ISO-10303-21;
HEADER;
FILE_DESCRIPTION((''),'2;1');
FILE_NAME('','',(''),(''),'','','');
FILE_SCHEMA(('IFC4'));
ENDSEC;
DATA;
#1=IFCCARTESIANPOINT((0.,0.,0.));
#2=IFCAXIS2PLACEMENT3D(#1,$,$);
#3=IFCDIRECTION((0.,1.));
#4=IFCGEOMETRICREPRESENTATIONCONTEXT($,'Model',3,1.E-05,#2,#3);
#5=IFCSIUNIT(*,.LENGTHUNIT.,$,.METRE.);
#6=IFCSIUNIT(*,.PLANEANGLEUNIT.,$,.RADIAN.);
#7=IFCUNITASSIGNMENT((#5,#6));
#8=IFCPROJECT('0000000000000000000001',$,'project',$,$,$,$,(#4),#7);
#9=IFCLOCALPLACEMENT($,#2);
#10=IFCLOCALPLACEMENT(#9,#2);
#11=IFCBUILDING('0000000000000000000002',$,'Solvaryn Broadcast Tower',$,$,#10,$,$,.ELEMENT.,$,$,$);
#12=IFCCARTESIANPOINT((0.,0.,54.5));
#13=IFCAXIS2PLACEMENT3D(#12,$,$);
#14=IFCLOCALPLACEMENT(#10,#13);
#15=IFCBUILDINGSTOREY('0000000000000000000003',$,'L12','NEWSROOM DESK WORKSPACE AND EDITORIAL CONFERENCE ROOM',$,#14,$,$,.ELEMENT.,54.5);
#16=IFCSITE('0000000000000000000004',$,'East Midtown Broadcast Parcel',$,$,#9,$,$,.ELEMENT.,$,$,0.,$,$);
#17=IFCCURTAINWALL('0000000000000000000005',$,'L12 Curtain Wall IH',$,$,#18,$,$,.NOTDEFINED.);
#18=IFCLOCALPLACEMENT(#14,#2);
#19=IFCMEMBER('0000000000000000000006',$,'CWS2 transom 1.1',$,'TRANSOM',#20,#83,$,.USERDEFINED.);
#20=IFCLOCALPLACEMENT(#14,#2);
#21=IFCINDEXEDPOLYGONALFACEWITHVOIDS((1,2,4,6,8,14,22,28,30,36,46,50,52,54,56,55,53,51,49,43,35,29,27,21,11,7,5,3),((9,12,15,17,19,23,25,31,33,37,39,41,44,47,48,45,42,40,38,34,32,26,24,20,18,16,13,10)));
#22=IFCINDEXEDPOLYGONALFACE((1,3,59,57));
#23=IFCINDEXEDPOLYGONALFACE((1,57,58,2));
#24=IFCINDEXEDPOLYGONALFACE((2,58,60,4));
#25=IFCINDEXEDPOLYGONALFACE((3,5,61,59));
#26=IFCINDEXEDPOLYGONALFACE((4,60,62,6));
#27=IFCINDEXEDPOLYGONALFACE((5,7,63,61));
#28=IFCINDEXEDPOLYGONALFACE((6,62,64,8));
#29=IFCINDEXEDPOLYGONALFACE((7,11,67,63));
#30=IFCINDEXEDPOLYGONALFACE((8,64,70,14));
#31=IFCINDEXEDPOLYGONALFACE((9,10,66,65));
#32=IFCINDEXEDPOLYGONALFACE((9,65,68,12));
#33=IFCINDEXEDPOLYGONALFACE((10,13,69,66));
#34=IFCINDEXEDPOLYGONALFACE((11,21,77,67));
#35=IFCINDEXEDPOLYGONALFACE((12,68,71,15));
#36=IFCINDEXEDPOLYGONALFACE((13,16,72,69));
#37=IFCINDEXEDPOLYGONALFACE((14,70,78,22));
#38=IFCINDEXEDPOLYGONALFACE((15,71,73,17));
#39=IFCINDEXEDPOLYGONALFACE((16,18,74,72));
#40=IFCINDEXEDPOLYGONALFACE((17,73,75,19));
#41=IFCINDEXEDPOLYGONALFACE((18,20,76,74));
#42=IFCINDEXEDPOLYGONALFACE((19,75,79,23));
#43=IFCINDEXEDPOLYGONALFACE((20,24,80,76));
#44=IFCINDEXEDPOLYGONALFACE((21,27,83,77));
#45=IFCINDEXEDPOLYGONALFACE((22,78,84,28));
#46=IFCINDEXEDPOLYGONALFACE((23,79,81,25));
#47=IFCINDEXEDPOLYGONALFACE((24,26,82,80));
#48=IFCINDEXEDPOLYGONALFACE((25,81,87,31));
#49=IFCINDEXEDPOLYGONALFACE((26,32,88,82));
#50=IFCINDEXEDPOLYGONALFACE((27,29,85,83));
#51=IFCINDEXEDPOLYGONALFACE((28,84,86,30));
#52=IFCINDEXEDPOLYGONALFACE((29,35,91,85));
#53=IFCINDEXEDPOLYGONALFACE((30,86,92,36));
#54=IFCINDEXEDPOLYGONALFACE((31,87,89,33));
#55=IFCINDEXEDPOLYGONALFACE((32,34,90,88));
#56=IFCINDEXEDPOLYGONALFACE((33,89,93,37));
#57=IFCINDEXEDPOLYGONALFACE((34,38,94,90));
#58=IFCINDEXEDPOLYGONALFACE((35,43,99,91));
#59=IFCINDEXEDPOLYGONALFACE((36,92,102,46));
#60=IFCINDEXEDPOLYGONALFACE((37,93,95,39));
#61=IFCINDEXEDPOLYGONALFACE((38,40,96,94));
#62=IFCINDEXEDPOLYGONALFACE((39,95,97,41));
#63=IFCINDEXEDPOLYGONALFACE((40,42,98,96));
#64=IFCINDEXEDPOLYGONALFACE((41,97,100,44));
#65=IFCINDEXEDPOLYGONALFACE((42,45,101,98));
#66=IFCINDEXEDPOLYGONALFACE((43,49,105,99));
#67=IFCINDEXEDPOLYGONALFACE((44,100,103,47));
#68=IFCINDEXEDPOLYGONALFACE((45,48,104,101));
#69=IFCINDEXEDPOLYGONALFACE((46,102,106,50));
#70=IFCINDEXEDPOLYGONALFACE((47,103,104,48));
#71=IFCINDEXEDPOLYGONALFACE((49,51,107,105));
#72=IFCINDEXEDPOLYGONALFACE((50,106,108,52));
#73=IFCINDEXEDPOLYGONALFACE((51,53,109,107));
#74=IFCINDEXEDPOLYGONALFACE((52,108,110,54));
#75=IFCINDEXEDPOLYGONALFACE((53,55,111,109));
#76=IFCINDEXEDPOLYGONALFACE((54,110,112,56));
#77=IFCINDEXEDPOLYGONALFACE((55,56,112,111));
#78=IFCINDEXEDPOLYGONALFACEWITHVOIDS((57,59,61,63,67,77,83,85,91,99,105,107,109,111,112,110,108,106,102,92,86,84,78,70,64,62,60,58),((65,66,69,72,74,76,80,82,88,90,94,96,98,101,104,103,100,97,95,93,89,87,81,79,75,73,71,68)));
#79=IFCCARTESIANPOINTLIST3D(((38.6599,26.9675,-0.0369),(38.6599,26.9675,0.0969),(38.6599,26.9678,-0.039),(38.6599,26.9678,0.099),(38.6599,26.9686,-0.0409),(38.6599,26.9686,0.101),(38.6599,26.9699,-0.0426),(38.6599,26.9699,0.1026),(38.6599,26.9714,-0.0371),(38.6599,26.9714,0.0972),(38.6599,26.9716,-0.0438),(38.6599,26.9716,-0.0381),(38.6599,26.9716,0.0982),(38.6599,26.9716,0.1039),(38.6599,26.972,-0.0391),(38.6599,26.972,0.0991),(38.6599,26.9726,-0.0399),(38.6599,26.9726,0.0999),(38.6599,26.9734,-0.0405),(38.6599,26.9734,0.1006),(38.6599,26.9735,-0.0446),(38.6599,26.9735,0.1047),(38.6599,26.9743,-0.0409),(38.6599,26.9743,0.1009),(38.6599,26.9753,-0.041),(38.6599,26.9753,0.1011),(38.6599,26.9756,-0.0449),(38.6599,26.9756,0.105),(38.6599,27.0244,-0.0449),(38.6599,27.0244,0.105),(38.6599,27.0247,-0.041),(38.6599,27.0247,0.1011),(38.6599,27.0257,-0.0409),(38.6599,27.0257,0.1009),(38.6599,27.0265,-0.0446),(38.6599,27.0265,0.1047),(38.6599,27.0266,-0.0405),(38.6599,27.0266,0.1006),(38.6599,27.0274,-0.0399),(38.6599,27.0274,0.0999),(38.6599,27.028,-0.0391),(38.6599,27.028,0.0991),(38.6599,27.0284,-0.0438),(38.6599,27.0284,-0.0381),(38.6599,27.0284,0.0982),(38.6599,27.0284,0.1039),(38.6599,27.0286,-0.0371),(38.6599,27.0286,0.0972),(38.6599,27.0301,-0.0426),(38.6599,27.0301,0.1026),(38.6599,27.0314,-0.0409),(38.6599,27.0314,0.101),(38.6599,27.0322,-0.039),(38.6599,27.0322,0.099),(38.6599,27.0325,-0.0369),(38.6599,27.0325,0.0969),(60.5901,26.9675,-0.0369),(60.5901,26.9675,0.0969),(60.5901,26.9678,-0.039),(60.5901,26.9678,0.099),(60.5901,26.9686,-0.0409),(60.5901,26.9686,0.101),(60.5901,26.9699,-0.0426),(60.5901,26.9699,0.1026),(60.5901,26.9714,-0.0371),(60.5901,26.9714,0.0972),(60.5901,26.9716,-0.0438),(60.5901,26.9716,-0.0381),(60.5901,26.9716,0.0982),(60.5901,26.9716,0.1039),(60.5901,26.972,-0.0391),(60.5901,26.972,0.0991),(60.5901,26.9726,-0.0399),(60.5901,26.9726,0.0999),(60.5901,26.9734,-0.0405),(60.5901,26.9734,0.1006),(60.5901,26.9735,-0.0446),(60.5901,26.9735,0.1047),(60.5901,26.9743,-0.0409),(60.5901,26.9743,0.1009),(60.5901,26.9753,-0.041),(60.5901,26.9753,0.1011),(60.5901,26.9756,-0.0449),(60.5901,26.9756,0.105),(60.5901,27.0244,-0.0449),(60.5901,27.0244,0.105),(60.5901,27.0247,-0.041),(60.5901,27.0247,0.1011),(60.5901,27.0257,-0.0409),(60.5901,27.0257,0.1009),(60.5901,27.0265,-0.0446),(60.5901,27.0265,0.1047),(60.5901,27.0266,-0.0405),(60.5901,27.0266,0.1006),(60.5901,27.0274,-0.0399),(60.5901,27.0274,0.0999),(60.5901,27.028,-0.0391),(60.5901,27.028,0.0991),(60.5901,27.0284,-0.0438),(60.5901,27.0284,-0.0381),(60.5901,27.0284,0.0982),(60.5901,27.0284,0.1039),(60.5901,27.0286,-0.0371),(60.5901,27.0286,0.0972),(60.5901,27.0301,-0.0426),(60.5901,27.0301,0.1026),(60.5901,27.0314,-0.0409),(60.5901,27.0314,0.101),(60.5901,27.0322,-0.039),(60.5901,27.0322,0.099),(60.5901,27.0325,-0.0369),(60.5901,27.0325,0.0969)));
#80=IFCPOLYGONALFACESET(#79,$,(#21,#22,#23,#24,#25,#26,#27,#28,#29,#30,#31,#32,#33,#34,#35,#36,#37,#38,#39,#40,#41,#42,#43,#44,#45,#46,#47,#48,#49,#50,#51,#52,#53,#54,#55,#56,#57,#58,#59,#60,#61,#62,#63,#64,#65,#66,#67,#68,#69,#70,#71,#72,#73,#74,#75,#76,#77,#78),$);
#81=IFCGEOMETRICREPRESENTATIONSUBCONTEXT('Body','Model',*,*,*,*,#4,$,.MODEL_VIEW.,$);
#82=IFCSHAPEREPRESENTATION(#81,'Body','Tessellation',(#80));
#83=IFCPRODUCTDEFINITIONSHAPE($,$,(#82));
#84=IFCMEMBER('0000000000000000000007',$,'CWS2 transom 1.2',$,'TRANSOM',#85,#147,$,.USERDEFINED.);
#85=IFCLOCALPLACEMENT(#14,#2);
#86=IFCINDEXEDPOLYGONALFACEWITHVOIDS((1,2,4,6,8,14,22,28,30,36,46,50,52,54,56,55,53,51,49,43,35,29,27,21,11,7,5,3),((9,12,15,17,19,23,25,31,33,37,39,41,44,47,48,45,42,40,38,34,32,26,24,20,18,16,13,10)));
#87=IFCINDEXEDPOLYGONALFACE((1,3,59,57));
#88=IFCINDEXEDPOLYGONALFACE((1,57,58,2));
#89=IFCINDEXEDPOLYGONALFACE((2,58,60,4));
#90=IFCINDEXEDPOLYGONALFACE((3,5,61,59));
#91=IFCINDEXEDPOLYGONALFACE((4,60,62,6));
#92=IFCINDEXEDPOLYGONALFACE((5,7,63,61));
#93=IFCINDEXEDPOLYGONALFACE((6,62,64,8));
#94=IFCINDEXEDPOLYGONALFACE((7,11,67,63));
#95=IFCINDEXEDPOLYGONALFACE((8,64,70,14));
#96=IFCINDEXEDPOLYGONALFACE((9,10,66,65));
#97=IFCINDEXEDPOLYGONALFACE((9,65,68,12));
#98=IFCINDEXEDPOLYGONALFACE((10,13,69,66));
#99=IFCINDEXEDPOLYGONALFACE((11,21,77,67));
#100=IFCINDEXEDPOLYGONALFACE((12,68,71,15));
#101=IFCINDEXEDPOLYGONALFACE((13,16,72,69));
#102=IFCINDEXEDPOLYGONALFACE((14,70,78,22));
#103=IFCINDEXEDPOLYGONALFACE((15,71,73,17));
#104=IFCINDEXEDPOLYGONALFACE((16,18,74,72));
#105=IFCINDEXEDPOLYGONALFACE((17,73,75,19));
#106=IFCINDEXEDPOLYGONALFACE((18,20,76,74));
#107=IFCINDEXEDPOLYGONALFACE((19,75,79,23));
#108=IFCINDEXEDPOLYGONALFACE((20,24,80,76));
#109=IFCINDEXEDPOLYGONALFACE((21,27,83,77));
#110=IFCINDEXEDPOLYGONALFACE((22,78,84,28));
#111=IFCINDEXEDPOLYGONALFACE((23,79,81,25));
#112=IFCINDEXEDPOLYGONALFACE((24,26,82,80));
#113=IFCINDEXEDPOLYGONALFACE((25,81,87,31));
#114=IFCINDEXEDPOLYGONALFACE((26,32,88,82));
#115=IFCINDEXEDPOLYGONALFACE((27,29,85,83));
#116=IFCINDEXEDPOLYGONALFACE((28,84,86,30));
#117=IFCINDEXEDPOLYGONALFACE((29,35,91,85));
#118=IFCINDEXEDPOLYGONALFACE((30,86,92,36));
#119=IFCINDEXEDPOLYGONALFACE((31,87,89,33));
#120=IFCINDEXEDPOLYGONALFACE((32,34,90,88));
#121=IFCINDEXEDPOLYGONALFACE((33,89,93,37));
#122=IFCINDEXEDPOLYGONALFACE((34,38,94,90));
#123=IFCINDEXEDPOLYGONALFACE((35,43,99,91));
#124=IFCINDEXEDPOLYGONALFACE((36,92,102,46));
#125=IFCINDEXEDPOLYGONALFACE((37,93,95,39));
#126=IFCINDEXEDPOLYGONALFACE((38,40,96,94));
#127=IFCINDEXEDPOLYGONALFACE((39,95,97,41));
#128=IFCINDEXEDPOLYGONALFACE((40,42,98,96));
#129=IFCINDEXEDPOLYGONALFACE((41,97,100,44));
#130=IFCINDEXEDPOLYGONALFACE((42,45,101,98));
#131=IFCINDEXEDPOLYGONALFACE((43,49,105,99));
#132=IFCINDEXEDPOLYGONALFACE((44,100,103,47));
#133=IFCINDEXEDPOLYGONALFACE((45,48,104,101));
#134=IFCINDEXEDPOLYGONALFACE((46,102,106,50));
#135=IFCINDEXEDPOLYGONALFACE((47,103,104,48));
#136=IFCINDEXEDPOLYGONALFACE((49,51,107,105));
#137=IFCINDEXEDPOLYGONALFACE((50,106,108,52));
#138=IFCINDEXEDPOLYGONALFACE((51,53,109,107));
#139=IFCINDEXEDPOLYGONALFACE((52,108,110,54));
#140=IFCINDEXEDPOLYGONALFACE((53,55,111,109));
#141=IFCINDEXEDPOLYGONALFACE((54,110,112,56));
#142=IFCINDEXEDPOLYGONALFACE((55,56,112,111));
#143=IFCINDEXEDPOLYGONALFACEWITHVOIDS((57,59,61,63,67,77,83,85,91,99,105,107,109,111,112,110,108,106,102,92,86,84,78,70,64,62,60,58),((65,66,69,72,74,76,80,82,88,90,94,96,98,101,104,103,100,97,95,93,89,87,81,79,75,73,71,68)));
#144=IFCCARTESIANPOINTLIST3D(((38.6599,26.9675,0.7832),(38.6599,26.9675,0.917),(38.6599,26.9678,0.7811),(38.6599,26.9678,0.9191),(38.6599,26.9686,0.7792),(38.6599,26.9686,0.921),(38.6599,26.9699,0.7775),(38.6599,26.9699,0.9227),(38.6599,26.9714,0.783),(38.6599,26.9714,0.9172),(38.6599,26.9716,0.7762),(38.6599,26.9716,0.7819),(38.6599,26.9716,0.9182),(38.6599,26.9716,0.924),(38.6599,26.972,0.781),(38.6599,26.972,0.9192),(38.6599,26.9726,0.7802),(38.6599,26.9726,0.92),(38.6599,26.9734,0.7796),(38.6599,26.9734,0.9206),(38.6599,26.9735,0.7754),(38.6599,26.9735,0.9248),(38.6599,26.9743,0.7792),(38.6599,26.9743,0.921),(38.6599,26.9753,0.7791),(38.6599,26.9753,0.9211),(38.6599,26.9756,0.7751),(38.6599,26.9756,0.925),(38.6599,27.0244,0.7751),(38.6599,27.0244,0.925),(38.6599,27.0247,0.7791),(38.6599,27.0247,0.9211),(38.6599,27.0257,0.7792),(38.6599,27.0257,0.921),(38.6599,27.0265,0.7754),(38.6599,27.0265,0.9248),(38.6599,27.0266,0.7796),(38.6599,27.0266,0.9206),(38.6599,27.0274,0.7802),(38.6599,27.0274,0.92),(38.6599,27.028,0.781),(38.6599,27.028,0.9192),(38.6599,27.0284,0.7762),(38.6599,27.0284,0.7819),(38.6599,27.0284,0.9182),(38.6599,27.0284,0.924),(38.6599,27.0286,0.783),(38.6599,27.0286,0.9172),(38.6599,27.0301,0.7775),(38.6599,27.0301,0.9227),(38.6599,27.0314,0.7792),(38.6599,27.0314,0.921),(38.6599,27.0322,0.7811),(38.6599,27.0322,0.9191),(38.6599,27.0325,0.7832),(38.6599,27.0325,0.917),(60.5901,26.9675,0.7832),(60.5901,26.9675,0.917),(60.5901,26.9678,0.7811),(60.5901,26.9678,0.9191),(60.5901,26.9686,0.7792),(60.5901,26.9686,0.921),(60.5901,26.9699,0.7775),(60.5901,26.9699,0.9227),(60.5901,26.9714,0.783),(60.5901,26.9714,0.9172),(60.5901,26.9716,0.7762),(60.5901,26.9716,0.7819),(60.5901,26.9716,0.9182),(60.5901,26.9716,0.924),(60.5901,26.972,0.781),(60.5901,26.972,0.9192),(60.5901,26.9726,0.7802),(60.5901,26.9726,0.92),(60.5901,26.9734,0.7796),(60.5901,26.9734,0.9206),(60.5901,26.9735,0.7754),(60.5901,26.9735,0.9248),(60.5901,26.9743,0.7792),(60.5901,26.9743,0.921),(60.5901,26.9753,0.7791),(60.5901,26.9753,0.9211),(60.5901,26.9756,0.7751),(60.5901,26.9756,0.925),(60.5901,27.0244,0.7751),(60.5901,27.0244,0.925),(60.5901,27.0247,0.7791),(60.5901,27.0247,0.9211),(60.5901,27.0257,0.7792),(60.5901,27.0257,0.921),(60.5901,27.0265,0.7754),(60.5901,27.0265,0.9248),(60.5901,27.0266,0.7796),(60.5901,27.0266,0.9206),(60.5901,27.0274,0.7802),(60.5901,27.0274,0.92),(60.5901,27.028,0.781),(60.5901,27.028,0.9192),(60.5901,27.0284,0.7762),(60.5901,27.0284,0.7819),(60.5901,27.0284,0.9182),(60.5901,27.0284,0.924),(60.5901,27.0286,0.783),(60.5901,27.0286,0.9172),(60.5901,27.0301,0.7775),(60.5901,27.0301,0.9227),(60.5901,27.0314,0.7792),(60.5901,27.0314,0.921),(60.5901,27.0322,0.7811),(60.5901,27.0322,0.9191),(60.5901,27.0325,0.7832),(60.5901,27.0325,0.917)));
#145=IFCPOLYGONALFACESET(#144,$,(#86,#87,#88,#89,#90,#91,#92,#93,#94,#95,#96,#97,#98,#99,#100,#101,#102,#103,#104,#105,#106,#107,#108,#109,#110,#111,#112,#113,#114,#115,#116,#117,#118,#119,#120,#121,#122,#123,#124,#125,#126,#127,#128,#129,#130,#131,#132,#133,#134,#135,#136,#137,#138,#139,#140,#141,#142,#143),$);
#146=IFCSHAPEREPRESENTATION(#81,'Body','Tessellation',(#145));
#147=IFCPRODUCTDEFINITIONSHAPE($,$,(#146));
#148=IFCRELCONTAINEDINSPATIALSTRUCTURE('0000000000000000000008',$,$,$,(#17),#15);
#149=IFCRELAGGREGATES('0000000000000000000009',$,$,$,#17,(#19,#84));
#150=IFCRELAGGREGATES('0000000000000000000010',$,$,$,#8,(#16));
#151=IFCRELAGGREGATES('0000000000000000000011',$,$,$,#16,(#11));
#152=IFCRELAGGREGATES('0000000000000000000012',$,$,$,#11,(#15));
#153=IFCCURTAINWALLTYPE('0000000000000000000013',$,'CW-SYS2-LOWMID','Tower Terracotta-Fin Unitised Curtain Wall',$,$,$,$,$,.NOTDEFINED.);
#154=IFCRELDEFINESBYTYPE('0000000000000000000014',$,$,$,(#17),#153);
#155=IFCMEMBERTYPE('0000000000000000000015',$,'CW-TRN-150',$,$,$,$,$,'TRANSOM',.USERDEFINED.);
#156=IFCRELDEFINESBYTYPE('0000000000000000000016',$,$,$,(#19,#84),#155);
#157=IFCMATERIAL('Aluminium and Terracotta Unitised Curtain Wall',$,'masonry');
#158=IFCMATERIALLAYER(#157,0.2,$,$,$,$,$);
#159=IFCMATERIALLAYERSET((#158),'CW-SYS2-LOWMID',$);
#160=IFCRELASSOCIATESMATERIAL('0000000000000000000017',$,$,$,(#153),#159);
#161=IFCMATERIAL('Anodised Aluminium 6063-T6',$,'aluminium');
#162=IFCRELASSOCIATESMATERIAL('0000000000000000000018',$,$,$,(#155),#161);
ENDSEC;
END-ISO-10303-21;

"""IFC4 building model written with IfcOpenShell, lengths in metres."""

from ifc_helpers import new_model, si_unit, direction, frame, origin, origin_2d, place, context, subcontext, project, spatial, hollow_rectangle, extrude, material, layer, layer_set, material_profile, profile_set, type_object, element, aggregate, save


model = new_model("IFC4")

# Units and contexts
model_context = context("Model", 3, precision=1e-05, world=origin(), true_north=direction((0.0, 1.0)))
body_context = subcontext(model_context, "Body", "Model", "MODEL_VIEW")
ifc_project = project(units=[si_unit("LENGTHUNIT", "METRE"), si_unit("PLANEANGLEUNIT", "RADIAN")], contexts=[model_context])

# Site, building, storey
site_placement = place(None, origin())
site = spatial("IfcSite", under=ifc_project, at=site_placement, Name="East Midtown Broadcast Parcel", CompositionType="ELEMENT", RefElevation=0.0)
building_placement = place(site_placement, origin())
building = spatial("IfcBuilding", under=site, at=building_placement, Name="Solvaryn Broadcast Tower", CompositionType="ELEMENT")
storey_placement = place(building_placement, frame((0.0, 0.0, 54.5)))
storey = spatial("IfcBuildingStorey", under=building, at=storey_placement, Name="L12", Description="NEWSROOM DESK WORKSPACE AND EDITORIAL CONFERENCE ROOM", CompositionType="ELEMENT", Elevation=54.5)

# Curtain wall
ifc_material_1 = material(Name="Aluminium and Terracotta Unitised Curtain Wall", Category="masonry")
ifc_layer_1 = layer(ifc_material_1, 0.2)
ifc_layer_set_1 = layer_set([ifc_layer_1], Name="CW-SYS2-LOWMID")
curtain_wall_type = type_object("IfcCurtainWallType", Name="CW-SYS2-LOWMID", Description="Tower Terracotta-Fin Unitised Curtain Wall", PredefinedType="NOTDEFINED", material=ifc_layer_set_1)
curtain_wall_1_placement = place(storey_placement, origin())
curtain_wall_1 = element("IfcCurtainWall", 1, at=curtain_wall_1_placement, inside=storey, type_object=curtain_wall_type, Name="L12 Curtain Wall IH", PredefinedType="NOTDEFINED")

# Members
ifc_material_2 = material(Name="Anodised Aluminium 6063-T6", Category="aluminium")
ifc_material_profile_1 = material_profile(ifc_material_2, hollow_rectangle(XDim=0.0649, YDim=0.1499, WallThickness=0.0039, InnerFilletRadius=0.0039, OuterFilletRadius=0.0081, at=origin_2d()))
ifc_profile_set_1 = profile_set([ifc_material_profile_1], Name="Anodised Aluminium 6063-T6")
member_type_1 = type_object("IfcMemberType", Name="CW-TRN-150", ElementType="TRANSOM", PredefinedType="USERDEFINED", material=ifc_profile_set_1)
member_1_placement = place(storey_placement, frame((38.6599, 27.0, 0.03), z_axis=(1.0, 0.0, 0.0), x_axis=(0.0, 1.0, 0.0)))
member_1 = element("IfcMember", 2, at=member_1_placement, type_object=member_type_1, Name="CWS2 transom 1.1", ObjectType="TRANSOM", PredefinedType="USERDEFINED", context=body_context, shape_type="SweptSolid", body=[
    extrude(hollow_rectangle(XDim=0.0649, YDim=0.1499, WallThickness=0.0039, InnerFilletRadius=0.0039, OuterFilletRadius=0.0081, at=origin_2d()), origin(), (0.0, 0.0, 1.0), 21.9302),
])
member_2_placement = place(storey_placement, frame((38.6599, 27.0, 0.8501), z_axis=(1.0, 0.0, 0.0), x_axis=(0.0, 1.0, 0.0)))
member_2 = element("IfcMember", 3, at=member_2_placement, type_object=member_type_1, Name="CWS2 transom 1.2", ObjectType="TRANSOM", PredefinedType="USERDEFINED", context=body_context, shape_type="SweptSolid", body=[
    extrude(hollow_rectangle(XDim=0.0649, YDim=0.1499, WallThickness=0.0039, InnerFilletRadius=0.0039, OuterFilletRadius=0.0081, at=origin_2d()), origin(), (0.0, 0.0, 1.0), 21.9302),
])
aggregate(curtain_wall_1, [member_1, member_2])

save(model, "model.ifc")
